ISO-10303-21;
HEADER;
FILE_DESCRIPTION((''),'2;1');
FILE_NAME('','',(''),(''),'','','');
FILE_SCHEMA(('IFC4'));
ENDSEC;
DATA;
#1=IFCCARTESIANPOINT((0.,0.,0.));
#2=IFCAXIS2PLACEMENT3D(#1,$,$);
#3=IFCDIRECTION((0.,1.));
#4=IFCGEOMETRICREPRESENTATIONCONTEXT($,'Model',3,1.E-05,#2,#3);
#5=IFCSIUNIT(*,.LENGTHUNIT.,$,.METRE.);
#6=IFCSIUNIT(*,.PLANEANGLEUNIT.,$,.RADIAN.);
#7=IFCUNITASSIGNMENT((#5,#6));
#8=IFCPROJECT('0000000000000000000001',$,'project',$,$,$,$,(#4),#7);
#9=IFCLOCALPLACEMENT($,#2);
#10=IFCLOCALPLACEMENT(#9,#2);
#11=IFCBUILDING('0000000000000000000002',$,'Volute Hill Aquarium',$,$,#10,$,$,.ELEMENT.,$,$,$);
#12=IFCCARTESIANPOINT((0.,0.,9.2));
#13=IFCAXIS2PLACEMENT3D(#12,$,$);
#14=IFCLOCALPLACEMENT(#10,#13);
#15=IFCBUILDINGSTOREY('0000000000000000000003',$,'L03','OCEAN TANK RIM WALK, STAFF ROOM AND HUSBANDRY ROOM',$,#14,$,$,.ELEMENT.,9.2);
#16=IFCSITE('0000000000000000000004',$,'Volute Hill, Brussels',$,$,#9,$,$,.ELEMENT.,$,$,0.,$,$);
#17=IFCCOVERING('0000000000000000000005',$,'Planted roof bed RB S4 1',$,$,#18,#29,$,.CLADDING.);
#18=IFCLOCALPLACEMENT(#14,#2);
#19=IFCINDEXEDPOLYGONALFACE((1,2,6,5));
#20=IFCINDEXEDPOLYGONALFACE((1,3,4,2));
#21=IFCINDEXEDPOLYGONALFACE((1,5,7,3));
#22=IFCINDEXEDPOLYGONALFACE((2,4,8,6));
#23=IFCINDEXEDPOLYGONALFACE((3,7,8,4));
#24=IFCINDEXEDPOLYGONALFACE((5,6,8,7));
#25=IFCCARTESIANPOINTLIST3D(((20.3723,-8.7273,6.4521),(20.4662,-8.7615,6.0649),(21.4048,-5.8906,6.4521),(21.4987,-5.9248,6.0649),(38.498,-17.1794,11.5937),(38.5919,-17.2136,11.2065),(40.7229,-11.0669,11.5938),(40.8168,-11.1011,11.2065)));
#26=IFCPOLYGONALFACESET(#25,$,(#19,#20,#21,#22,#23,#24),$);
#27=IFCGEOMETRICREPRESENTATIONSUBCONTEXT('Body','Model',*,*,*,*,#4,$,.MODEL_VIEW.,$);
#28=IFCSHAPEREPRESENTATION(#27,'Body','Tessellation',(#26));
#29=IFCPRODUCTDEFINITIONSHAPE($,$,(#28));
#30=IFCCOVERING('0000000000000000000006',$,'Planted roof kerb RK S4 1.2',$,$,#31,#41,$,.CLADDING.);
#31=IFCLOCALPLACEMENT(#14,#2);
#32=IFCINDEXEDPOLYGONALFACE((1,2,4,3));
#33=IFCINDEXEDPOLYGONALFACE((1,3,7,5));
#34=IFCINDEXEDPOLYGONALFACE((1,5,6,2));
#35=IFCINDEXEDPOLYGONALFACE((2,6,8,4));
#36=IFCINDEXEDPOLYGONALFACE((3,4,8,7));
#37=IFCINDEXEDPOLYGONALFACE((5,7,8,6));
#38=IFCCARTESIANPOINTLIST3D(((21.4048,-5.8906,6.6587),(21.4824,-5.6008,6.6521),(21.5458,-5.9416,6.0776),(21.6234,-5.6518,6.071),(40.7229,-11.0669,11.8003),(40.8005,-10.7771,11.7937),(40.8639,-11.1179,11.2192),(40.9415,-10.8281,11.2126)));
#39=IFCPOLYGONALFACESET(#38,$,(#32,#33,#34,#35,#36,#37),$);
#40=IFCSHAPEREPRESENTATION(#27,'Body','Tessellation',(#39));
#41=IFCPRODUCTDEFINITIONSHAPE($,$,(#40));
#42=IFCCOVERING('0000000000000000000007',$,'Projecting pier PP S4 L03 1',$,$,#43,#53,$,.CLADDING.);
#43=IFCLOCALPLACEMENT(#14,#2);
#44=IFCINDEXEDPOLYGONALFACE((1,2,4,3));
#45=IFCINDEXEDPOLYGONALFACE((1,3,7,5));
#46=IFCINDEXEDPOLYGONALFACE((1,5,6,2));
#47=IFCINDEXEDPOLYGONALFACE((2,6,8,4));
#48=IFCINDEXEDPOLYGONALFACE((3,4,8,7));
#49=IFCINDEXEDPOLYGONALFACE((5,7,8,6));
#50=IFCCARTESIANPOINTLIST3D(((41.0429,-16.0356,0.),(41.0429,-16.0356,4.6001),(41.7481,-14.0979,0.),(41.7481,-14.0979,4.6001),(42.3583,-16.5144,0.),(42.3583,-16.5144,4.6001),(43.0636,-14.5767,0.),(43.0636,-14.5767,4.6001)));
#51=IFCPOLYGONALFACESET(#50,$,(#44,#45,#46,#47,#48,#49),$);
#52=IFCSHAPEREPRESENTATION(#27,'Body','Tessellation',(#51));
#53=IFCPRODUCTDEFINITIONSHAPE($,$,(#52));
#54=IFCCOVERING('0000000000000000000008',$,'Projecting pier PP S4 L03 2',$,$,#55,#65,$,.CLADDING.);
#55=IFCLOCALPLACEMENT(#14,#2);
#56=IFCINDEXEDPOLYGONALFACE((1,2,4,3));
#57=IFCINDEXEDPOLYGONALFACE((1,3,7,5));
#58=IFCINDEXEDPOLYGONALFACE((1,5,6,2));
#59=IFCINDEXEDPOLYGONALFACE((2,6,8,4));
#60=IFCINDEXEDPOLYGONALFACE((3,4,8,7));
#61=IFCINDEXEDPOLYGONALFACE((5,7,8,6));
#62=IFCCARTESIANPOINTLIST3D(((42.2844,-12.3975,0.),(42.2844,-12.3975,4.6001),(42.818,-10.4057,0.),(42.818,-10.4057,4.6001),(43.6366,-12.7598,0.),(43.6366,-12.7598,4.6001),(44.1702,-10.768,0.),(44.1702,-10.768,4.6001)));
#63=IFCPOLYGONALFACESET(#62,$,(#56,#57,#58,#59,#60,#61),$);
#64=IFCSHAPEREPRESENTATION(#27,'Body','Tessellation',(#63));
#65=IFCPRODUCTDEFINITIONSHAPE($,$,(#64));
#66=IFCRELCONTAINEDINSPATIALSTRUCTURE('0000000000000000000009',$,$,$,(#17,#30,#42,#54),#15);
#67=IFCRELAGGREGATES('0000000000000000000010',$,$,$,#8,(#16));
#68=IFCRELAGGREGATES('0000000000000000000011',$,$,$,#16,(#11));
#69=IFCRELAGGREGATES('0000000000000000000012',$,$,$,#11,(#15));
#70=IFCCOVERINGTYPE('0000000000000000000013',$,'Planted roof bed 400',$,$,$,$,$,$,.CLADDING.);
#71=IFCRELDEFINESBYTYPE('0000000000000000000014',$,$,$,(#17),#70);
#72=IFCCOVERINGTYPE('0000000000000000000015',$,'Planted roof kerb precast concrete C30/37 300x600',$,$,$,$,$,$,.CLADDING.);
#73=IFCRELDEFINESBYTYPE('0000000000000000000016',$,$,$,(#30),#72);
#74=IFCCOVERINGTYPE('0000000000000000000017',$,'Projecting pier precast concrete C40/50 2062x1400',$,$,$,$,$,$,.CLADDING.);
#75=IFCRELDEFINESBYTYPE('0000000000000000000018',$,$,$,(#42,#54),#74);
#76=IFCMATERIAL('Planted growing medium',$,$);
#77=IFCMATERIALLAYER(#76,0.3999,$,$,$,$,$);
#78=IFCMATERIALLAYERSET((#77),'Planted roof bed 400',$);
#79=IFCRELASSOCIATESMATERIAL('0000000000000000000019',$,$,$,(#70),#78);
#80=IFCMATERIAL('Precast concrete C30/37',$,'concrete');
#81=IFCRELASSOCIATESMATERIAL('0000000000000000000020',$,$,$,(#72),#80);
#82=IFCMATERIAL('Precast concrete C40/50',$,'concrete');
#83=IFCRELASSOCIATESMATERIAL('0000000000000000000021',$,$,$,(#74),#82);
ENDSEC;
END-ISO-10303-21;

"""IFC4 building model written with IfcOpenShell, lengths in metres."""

from ifc_helpers import new_model, si_unit, direction, frame, origin, origin_2d, place, context, subcontext, project, spatial, polyline, rectangle, outline, extrude, material, layer, layer_set, type_object, element, save


model = new_model("IFC4")

# Units and contexts
model_context = context("Model", 3, precision=1e-05, world=origin(), true_north=direction((0.0, 1.0)))
body_context = subcontext(model_context, "Body", "Model", "MODEL_VIEW")
ifc_project = project(units=[si_unit("LENGTHUNIT", "METRE"), si_unit("PLANEANGLEUNIT", "RADIAN")], contexts=[model_context])

# Site, building, storey
site_placement = place(None, origin())
site = spatial("IfcSite", under=ifc_project, at=site_placement, Name="Volute Hill, Brussels", CompositionType="ELEMENT", RefElevation=0.0)
building_placement = place(site_placement, origin())
building = spatial("IfcBuilding", under=site, at=building_placement, Name="Volute Hill Aquarium", CompositionType="ELEMENT")
storey_placement = place(building_placement, frame((0.0, 0.0, 9.2)))
storey = spatial("IfcBuildingStorey", under=building, at=storey_placement, Name="L03", Description="OCEAN TANK RIM WALK, STAFF ROOM AND HUSBANDRY ROOM", CompositionType="ELEMENT", Elevation=9.2)

# Coverings
ifc_material_1 = material(Name="Planted growing medium")
ifc_layer_1 = layer(ifc_material_1, 0.3999)
ifc_layer_set_1 = layer_set([ifc_layer_1], Name="Planted roof bed 400")
covering_type_1 = type_object("IfcCoveringType", Name="Planted roof bed 400", PredefinedType="CLADDING", material=ifc_layer_set_1)
covering_1_placement = place(storey_placement, frame((40.7229, -11.0669, 11.5938), z_axis=(-0.234811, 0.085466, 0.968277), x_axis=(-0.935505, 0.250668, -0.248989)))
element("IfcCovering", 1, at=covering_1_placement, inside=storey, type_object=covering_type_1, Name="Planted roof bed RB S4 1", PredefinedType="CLADDING", context=body_context, shape_type="SweptSolid", body=[
    extrude(outline(polyline([(0.0, 0.0), (20.6499, 0.0), (20.9047, 3.0079), (0.5491, 6.4816), (0.0, 0.0)])), origin(), (0.0, 0.0, -1.0), 0.3999),
])
ifc_material_2 = material(Name="Precast concrete C30/37", Category="concrete")
covering_type_2 = type_object("IfcCoveringType", Name="Planted roof kerb precast concrete C30/37 300x600", PredefinedType="CLADDING", material=ifc_material_2)
covering_2_placement = place(storey_placement, frame((40.8005, -10.7771, 11.7937), z_axis=(-0.234947, 0.084968, 0.968287), x_axis=(-0.935505, 0.250668, -0.248989)))
element("IfcCovering", 2, at=covering_2_placement, inside=storey, type_object=covering_type_2, Name="Planted roof kerb RK S4 1.2", PredefinedType="CLADDING", context=body_context, shape_type="SweptSolid", body=[
    extrude(outline(polyline([(0.0, 0.0), (20.6499, 0.0), (20.6483, 0.3001), (-0.0017, 0.3001), (0.0, 0.0)])), origin(), (0.0, 0.0, -1.0), 0.6001),
])
ifc_material_3 = material(Name="Precast concrete C40/50", Category="concrete")
covering_type_3 = type_object("IfcCoveringType", Name="Projecting pier precast concrete C40/50 2062x1400", PredefinedType="CLADDING", material=ifc_material_3)
for number, where, z_axis, x_axis, name in (
    (3, (42.0532, -15.3062, 0.0), (0.0, 0.0, 1.0), (0.34202, 0.939693, 0.0), "Projecting pier PP S4 L03 1"),
    (4, (43.2273, -11.5828, 0.0), (0.0, 0.0, 1.0), (0.258819, 0.965926, 0.0), "Projecting pier PP S4 L03 2"),
):
    element("IfcCovering", number, at=place(storey_placement, frame(where, z_axis=z_axis, x_axis=x_axis)), inside=storey, type_object=covering_type_3, Name=name, PredefinedType="CLADDING", context=body_context, shape_type="SweptSolid", body=[
        extrude(rectangle(XDim=2.062, YDim=1.3999, at=origin_2d()), origin(), (0.0, 0.0, 1.0), 4.6001),
    ])

save(model, "model.ifc")
